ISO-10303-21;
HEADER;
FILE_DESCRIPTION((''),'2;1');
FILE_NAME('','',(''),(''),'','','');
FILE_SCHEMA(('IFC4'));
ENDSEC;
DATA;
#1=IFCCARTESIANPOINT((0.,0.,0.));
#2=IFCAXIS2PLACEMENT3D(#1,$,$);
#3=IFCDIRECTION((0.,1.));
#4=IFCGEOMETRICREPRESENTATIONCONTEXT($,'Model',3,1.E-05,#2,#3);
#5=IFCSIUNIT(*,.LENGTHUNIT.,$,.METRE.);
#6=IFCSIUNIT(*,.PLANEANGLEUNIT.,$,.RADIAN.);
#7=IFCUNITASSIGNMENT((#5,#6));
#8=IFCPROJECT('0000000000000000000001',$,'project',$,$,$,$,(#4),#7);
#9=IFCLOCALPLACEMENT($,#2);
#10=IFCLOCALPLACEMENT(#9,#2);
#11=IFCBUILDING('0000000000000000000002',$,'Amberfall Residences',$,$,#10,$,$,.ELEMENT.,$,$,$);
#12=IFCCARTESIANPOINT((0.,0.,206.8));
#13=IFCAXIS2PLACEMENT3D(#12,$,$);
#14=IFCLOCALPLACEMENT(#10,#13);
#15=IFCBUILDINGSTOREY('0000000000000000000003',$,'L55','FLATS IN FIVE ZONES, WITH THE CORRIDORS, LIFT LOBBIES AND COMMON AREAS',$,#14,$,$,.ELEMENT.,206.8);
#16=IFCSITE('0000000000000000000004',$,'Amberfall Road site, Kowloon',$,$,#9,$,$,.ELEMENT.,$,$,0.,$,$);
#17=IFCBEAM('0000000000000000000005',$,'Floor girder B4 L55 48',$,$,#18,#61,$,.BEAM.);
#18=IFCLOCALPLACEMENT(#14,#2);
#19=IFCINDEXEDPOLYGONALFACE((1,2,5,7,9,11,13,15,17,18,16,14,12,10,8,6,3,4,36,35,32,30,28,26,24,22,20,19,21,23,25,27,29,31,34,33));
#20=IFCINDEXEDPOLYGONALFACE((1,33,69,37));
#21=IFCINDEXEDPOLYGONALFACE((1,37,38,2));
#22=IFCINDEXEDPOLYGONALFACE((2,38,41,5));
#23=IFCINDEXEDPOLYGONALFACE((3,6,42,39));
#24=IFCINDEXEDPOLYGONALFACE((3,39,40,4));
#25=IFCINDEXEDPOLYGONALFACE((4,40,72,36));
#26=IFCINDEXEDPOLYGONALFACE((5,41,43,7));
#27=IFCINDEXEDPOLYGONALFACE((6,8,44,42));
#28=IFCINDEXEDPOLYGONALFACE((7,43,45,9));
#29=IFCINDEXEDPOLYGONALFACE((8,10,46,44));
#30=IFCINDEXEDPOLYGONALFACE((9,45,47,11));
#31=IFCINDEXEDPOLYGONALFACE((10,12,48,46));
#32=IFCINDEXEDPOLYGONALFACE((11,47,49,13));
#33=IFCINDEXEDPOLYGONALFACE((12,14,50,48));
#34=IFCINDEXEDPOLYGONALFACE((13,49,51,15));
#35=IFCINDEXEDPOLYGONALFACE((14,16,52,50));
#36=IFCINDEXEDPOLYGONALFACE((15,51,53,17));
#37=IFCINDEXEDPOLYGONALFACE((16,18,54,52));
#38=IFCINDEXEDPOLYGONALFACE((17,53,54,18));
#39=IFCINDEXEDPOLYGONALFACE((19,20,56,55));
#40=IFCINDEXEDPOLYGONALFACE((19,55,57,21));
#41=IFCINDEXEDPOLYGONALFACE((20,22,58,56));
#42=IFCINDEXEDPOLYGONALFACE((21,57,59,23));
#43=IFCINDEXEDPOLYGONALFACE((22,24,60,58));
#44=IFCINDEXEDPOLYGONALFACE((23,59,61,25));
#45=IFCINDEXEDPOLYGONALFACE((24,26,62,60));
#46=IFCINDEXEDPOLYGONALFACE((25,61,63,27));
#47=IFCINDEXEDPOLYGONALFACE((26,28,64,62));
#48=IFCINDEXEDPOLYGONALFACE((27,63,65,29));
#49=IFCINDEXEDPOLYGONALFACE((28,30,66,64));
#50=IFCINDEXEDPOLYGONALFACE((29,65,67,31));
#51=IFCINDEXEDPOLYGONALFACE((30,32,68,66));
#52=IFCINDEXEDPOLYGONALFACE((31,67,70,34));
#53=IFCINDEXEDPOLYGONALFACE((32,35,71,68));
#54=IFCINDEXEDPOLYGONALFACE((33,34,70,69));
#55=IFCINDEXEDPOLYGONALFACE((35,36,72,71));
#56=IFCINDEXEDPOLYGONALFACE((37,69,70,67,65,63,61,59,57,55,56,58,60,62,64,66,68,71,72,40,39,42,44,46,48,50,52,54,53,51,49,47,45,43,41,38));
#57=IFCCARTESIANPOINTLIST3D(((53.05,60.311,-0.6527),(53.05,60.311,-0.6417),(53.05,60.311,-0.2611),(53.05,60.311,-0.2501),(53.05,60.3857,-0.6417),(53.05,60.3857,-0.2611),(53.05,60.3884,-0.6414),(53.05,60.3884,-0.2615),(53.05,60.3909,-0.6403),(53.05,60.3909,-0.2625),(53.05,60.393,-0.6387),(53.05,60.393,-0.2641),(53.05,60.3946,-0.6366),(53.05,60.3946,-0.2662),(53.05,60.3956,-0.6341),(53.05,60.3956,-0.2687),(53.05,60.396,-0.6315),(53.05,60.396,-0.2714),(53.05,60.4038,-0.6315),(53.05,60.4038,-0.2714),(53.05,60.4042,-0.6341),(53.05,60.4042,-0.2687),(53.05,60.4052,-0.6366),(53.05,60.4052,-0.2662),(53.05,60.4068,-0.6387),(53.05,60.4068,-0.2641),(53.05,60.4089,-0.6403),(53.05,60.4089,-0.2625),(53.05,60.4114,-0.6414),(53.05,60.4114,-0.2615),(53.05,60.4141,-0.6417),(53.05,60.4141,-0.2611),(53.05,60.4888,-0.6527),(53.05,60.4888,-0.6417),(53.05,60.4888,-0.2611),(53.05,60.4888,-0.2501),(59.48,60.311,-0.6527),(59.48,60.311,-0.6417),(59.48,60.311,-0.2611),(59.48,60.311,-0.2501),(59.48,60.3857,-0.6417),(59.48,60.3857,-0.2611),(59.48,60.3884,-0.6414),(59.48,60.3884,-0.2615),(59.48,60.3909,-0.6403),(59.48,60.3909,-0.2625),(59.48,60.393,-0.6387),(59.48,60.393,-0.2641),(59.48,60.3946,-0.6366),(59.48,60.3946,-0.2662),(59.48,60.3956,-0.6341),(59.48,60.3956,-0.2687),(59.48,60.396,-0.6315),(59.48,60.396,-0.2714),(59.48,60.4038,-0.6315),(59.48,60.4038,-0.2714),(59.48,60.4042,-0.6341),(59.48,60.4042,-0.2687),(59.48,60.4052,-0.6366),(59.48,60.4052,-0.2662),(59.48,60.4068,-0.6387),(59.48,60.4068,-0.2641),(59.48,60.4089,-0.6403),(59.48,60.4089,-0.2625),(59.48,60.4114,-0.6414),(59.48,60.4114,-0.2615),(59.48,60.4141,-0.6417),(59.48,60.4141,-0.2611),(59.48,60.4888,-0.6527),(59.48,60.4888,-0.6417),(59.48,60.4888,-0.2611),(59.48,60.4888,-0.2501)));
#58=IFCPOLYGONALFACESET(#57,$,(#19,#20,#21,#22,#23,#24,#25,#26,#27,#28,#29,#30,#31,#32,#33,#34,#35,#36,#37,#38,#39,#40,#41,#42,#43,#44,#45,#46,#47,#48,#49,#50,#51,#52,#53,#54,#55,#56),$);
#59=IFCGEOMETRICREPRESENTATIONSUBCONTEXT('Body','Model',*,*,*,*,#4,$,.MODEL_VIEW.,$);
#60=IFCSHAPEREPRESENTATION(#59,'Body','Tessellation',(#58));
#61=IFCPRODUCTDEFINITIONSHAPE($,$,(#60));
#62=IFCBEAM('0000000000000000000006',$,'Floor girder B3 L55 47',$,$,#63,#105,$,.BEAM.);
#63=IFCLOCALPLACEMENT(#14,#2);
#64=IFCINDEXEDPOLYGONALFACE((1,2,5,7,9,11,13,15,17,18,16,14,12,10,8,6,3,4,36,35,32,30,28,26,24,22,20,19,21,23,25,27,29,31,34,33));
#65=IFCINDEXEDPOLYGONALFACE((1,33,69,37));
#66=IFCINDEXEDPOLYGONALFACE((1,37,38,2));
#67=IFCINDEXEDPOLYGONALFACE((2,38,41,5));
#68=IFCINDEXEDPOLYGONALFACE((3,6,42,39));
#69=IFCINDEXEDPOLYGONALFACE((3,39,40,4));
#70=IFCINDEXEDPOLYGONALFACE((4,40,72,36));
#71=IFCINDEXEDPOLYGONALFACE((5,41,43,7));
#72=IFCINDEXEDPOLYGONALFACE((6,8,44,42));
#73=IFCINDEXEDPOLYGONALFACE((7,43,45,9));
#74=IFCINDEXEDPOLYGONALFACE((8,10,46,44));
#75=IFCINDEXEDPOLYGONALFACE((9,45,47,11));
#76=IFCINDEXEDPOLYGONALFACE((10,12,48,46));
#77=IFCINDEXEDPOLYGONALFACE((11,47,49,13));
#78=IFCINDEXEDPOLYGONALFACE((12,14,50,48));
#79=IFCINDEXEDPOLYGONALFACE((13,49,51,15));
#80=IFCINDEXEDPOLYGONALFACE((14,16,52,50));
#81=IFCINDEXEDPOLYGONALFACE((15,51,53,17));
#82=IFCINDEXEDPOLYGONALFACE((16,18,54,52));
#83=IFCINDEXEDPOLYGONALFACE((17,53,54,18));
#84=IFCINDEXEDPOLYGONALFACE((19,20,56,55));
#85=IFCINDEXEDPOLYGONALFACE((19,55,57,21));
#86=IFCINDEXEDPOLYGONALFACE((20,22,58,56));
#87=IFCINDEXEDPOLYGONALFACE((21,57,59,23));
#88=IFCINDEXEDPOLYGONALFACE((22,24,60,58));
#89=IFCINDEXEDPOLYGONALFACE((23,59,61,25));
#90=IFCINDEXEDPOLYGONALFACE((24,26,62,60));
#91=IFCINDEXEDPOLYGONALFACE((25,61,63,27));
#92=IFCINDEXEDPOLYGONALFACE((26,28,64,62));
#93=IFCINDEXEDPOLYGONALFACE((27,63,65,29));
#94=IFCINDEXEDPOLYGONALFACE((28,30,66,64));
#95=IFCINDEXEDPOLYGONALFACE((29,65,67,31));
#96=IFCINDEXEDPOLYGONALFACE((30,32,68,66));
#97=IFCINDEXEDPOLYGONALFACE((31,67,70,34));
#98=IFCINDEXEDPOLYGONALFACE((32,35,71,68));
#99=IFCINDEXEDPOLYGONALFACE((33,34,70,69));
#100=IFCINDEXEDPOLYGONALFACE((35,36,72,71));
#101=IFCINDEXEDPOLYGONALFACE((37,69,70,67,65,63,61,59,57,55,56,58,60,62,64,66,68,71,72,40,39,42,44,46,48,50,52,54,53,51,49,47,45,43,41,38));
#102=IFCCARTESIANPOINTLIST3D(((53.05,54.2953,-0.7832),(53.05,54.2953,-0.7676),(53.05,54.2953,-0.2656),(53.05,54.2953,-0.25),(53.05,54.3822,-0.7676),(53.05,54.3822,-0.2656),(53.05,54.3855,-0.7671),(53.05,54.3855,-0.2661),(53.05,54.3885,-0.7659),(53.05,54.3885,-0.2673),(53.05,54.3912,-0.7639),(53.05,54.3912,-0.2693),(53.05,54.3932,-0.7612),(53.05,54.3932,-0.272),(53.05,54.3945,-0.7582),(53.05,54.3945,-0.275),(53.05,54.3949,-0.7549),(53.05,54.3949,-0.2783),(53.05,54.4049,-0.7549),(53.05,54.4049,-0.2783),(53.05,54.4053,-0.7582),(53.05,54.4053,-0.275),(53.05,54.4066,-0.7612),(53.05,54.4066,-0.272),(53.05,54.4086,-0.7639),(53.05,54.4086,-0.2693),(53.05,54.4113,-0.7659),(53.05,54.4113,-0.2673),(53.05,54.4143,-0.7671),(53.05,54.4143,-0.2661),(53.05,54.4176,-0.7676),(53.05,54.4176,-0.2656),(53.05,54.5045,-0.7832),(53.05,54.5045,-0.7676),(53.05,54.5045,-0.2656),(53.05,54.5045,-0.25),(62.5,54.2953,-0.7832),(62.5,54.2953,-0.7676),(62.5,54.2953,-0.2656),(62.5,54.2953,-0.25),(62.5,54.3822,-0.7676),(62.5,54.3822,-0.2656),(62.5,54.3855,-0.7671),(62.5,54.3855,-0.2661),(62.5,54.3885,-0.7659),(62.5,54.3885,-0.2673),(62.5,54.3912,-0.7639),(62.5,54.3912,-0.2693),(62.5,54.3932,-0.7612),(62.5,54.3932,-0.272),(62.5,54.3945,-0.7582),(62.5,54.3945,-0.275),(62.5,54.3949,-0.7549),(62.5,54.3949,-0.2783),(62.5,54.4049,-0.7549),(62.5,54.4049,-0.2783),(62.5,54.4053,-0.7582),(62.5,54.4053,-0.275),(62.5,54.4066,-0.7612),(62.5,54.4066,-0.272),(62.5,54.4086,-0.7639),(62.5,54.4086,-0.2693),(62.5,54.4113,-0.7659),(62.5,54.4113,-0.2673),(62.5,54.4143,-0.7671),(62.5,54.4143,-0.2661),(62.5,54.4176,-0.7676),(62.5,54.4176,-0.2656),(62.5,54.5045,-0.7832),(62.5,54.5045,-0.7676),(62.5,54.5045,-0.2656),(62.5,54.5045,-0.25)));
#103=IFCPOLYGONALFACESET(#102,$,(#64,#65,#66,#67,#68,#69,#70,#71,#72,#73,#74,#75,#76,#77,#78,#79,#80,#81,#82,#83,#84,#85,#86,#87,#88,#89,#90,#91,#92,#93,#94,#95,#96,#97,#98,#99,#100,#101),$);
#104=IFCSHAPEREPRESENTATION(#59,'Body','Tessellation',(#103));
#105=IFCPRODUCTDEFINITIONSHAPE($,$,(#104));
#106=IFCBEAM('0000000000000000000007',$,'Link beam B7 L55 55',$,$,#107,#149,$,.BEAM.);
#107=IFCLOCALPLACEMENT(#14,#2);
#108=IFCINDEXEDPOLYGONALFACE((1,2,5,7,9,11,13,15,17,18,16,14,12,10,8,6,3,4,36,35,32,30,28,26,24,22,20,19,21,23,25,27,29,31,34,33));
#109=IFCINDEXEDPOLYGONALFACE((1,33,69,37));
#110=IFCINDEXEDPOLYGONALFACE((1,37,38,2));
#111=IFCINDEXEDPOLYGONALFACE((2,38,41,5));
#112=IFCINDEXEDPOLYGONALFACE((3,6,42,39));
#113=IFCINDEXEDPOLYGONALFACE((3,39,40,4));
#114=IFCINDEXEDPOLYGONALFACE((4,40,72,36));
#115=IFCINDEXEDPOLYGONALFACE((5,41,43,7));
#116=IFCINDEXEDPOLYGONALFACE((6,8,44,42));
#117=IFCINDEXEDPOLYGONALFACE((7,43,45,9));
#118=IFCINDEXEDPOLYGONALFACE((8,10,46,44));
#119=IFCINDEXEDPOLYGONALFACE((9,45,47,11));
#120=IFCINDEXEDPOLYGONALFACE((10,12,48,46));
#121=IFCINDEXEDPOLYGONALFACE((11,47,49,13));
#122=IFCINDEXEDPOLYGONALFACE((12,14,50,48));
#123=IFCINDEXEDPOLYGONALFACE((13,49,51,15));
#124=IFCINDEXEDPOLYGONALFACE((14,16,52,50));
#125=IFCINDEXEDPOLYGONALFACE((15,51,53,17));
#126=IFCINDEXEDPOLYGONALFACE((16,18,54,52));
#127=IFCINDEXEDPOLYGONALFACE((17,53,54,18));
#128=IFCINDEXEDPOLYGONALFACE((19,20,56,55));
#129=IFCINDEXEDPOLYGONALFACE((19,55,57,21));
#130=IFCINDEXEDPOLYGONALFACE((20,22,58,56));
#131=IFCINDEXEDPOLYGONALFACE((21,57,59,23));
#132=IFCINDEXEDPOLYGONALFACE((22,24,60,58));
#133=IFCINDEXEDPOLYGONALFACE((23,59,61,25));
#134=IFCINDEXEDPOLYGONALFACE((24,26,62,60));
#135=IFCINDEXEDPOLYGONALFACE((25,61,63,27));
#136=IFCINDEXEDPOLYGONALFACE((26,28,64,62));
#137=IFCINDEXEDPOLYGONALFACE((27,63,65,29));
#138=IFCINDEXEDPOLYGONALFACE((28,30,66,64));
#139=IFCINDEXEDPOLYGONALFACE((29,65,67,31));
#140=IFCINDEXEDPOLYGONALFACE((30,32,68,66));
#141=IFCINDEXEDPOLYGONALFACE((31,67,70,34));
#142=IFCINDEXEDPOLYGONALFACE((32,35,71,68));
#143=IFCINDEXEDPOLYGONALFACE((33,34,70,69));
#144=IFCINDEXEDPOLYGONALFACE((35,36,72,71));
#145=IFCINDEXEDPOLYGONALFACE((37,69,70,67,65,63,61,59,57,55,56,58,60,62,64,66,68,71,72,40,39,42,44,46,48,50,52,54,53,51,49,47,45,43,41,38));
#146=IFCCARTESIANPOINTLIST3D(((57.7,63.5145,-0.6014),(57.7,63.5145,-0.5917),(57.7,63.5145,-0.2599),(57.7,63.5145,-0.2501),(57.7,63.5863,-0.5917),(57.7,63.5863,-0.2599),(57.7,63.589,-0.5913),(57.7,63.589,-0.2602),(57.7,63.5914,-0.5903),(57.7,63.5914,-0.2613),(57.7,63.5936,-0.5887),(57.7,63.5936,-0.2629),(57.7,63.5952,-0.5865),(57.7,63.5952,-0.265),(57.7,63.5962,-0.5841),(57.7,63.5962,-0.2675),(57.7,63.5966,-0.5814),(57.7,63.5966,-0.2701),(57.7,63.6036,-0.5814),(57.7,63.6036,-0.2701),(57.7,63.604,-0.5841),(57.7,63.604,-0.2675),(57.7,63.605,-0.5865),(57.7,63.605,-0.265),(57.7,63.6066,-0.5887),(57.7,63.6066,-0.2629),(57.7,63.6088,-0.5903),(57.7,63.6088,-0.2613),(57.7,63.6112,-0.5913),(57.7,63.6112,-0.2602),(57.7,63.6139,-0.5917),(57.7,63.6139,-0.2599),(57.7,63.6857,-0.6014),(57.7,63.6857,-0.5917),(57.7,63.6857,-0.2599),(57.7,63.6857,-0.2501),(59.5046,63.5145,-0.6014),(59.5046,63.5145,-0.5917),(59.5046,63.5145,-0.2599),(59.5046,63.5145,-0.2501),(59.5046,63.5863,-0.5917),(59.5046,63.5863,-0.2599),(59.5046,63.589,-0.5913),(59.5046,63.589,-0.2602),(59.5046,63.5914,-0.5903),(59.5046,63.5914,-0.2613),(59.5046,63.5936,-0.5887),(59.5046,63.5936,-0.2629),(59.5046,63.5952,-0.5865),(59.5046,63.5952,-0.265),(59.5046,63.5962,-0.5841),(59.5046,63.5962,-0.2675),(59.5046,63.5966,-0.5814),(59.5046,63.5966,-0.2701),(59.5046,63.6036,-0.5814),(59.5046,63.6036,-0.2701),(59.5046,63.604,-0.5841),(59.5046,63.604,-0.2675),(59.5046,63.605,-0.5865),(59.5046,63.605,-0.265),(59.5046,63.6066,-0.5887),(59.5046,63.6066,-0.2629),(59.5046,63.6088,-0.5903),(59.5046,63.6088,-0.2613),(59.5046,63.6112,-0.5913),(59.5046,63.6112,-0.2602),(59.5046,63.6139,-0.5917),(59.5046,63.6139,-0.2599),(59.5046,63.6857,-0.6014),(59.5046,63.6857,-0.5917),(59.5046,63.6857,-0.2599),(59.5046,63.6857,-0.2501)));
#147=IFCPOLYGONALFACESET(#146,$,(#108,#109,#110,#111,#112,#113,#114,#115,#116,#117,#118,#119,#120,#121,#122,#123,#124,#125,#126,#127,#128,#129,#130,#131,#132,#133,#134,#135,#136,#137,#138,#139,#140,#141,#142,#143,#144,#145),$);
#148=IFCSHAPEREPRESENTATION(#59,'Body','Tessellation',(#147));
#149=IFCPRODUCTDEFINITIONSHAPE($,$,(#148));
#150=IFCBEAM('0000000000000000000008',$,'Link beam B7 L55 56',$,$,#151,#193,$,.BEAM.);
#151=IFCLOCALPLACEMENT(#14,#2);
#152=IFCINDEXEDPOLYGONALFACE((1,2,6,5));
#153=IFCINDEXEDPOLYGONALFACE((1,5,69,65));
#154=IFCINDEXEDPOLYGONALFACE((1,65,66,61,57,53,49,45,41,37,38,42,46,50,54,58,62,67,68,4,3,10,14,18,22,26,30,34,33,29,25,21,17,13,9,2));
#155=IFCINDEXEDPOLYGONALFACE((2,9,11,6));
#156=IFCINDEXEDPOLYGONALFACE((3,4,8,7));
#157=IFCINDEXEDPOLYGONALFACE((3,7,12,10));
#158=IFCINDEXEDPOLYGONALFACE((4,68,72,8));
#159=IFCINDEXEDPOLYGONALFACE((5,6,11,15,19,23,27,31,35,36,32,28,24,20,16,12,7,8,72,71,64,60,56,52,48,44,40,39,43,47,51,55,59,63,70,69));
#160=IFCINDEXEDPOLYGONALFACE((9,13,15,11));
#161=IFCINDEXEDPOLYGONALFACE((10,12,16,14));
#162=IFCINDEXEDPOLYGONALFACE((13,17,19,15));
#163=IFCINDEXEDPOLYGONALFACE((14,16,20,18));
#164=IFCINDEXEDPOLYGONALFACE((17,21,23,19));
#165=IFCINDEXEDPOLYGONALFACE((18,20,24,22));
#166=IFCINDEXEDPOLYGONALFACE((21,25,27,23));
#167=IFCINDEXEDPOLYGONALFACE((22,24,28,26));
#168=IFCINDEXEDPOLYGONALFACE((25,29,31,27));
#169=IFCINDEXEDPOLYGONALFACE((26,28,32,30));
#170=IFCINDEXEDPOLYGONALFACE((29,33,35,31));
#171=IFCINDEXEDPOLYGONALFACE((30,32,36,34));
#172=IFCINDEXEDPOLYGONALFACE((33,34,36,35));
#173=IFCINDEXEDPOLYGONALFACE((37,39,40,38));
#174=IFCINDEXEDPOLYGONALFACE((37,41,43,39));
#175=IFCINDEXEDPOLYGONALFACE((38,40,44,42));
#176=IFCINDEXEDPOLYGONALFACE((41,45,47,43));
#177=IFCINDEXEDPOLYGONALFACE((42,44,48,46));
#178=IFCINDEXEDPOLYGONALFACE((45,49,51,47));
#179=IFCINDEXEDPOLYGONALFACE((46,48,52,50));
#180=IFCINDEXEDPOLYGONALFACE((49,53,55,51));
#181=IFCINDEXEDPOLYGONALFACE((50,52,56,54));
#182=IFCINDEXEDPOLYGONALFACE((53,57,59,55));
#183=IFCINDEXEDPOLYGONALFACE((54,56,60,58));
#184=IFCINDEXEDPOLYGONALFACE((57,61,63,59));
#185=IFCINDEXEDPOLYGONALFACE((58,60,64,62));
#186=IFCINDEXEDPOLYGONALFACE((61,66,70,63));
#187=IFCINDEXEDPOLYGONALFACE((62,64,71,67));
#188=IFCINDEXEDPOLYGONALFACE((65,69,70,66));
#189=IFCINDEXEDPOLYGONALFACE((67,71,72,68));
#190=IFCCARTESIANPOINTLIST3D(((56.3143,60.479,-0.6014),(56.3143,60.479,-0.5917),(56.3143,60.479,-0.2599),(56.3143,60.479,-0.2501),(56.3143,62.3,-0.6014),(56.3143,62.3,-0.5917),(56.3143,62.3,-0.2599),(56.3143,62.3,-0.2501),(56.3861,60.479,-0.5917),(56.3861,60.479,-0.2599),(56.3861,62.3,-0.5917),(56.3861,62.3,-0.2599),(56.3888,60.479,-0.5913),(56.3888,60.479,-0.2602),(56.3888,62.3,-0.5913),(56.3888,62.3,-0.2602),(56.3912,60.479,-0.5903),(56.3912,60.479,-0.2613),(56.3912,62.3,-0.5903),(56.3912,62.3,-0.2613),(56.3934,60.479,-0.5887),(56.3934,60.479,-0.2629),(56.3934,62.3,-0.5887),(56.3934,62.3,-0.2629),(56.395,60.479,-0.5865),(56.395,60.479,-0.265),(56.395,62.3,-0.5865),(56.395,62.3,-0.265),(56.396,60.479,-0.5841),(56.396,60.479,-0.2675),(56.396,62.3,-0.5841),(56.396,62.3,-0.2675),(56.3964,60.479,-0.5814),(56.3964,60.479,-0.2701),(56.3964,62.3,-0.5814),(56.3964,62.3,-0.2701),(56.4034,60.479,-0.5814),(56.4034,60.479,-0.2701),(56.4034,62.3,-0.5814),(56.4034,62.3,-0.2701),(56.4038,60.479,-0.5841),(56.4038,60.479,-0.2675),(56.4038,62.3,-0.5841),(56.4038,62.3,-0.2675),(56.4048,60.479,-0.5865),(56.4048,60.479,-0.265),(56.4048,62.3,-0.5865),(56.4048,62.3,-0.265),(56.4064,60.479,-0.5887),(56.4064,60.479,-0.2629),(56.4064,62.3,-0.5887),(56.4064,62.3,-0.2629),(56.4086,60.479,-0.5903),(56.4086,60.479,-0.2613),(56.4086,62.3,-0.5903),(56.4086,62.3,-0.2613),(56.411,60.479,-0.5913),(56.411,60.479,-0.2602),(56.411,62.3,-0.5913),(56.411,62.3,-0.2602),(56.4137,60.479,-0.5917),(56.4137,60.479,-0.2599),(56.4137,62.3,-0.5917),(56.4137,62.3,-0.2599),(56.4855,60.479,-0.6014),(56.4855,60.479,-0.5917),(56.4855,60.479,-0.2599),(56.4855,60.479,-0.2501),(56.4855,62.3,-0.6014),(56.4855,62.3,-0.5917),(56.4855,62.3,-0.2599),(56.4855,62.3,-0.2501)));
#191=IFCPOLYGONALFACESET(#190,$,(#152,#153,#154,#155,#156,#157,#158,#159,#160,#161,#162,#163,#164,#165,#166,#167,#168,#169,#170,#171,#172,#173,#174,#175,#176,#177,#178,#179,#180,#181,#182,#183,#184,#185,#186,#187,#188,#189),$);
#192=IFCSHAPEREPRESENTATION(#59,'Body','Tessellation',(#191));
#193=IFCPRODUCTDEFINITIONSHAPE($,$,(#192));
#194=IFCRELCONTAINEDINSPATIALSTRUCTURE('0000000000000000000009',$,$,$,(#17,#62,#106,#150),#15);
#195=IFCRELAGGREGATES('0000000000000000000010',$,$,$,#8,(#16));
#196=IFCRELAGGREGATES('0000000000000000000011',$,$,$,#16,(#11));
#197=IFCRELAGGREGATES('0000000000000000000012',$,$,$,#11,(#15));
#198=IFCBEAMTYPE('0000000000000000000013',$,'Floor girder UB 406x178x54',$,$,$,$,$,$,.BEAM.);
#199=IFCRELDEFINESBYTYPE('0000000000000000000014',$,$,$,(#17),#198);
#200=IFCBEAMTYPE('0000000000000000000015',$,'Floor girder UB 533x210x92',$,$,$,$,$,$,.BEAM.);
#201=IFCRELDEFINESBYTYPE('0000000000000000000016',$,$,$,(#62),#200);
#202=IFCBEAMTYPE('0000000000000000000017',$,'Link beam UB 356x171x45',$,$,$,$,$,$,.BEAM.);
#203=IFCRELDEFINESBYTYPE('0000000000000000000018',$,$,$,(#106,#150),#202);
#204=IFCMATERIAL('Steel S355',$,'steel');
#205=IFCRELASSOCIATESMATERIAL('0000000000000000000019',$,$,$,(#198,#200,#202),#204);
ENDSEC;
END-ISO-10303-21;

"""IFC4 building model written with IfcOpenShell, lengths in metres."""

from ifc_helpers import new_model, si_unit, direction, frame, origin, origin_2d, place, context, subcontext, project, spatial, i_section, extrude, material, material_profile, profile_set, type_object, element, save


model = new_model("IFC4")

# Units and contexts
model_context = context("Model", 3, precision=1e-05, world=origin(), true_north=direction((0.0, 1.0)))
body_context = subcontext(model_context, "Body", "Model", "MODEL_VIEW")
ifc_project = project(units=[si_unit("LENGTHUNIT", "METRE"), si_unit("PLANEANGLEUNIT", "RADIAN")], contexts=[model_context])

# Site, building, storey
site_placement = place(None, origin())
site = spatial("IfcSite", under=ifc_project, at=site_placement, Name="Amberfall Road site, Kowloon", CompositionType="ELEMENT", RefElevation=0.0)
building_placement = place(site_placement, origin())
building = spatial("IfcBuilding", under=site, at=building_placement, Name="Amberfall Residences", CompositionType="ELEMENT")
storey_placement = place(building_placement, frame((0.0, 0.0, 206.8)))
storey = spatial("IfcBuildingStorey", under=building, at=storey_placement, Name="L55", Description="FLATS IN FIVE ZONES, WITH THE CORRIDORS, LIFT LOBBIES AND COMMON AREAS", CompositionType="ELEMENT", Elevation=206.8)

# Shared definitions
ifc_material_1 = material(Name="Steel S355", Category="steel")

# Beams
ifc_material_profile_1 = material_profile(ifc_material_1, i_section(OverallWidth=0.1777, OverallDepth=0.4026, WebThickness=0.0078, FlangeThickness=0.011, FilletRadius=0.0103, at=origin_2d()), Name="UB 406x178x54")
ifc_profile_set_1 = profile_set([ifc_material_profile_1], Name="Steel S355")
beam_type_1 = type_object("IfcBeamType", Name="Floor girder UB 406x178x54", PredefinedType="BEAM", material=ifc_profile_set_1)
beam_1_placement = place(storey_placement, frame((53.05, 60.3999, -0.4514), z_axis=(1.0, 0.0, 0.0), x_axis=(0.0, 1.0, 0.0)))
element("IfcBeam", 1, at=beam_1_placement, inside=storey, type_object=beam_type_1, Name="Floor girder B4 L55 48", PredefinedType="BEAM", context=body_context, shape_type="SweptSolid", body=[
    extrude(i_section(OverallWidth=0.1777, OverallDepth=0.4026, WebThickness=0.0078, FlangeThickness=0.011, FilletRadius=0.0103, at=origin_2d()), origin(), (0.0, 0.0, 1.0), 6.4299),
])
ifc_material_profile_2 = material_profile(ifc_material_1, i_section(OverallWidth=0.2092, OverallDepth=0.5332, WebThickness=0.01, FlangeThickness=0.0156, FilletRadius=0.0127, at=origin_2d()), Name="UB 533x210x92")
ifc_profile_set_2 = profile_set([ifc_material_profile_2], Name="Steel S355")
beam_type_2 = type_object("IfcBeamType", Name="Floor girder UB 533x210x92", PredefinedType="BEAM", material=ifc_profile_set_2)
beam_2_placement = place(storey_placement, frame((53.05, 54.3999, -0.5166), z_axis=(1.0, 0.0, 0.0), x_axis=(0.0, 1.0, 0.0)))
element("IfcBeam", 2, at=beam_2_placement, inside=storey, type_object=beam_type_2, Name="Floor girder B3 L55 47", PredefinedType="BEAM", context=body_context, shape_type="SweptSolid", body=[
    extrude(i_section(OverallWidth=0.2092, OverallDepth=0.5332, WebThickness=0.01, FlangeThickness=0.0156, FilletRadius=0.0127, at=origin_2d()), origin(), (0.0, 0.0, 1.0), 9.45),
])
ifc_material_profile_3 = material_profile(ifc_material_1, i_section(OverallWidth=0.1711, OverallDepth=0.3513, WebThickness=0.0071, FlangeThickness=0.0098, FilletRadius=0.0103, at=origin_2d()), Name="UB 356x171x45")
ifc_profile_set_3 = profile_set([ifc_material_profile_3], Name="Steel S355")
beam_type_3 = type_object("IfcBeamType", Name="Link beam UB 356x171x45", PredefinedType="BEAM", material=ifc_profile_set_3)
beam_3_placement = place(storey_placement, frame((57.7, 63.6001, -0.4258), z_axis=(1.0, 0.0, 0.0), x_axis=(0.0, 1.0, 0.0)))
element("IfcBeam", 3, at=beam_3_placement, inside=storey, type_object=beam_type_3, Name="Link beam B7 L55 55", PredefinedType="BEAM", context=body_context, shape_type="SweptSolid", body=[
    extrude(i_section(OverallWidth=0.1711, OverallDepth=0.3513, WebThickness=0.0071, FlangeThickness=0.0098, FilletRadius=0.0103, at=origin_2d()), origin(), (0.0, 0.0, 1.0), 1.8047),
])
beam_4_placement = place(storey_placement, frame((56.3999, 62.3, -0.4258), z_axis=(0.0, -1.0, 0.0), x_axis=(1.0, 0.0, 0.0)))
element("IfcBeam", 4, at=beam_4_placement, inside=storey, type_object=beam_type_3, Name="Link beam B7 L55 56", PredefinedType="BEAM", context=body_context, shape_type="SweptSolid", body=[
    extrude(i_section(OverallWidth=0.1711, OverallDepth=0.3513, WebThickness=0.0071, FlangeThickness=0.0098, FilletRadius=0.0103, at=origin_2d()), origin(), (0.0, 0.0, 1.0), 1.821),
])

save(model, "model.ifc")
